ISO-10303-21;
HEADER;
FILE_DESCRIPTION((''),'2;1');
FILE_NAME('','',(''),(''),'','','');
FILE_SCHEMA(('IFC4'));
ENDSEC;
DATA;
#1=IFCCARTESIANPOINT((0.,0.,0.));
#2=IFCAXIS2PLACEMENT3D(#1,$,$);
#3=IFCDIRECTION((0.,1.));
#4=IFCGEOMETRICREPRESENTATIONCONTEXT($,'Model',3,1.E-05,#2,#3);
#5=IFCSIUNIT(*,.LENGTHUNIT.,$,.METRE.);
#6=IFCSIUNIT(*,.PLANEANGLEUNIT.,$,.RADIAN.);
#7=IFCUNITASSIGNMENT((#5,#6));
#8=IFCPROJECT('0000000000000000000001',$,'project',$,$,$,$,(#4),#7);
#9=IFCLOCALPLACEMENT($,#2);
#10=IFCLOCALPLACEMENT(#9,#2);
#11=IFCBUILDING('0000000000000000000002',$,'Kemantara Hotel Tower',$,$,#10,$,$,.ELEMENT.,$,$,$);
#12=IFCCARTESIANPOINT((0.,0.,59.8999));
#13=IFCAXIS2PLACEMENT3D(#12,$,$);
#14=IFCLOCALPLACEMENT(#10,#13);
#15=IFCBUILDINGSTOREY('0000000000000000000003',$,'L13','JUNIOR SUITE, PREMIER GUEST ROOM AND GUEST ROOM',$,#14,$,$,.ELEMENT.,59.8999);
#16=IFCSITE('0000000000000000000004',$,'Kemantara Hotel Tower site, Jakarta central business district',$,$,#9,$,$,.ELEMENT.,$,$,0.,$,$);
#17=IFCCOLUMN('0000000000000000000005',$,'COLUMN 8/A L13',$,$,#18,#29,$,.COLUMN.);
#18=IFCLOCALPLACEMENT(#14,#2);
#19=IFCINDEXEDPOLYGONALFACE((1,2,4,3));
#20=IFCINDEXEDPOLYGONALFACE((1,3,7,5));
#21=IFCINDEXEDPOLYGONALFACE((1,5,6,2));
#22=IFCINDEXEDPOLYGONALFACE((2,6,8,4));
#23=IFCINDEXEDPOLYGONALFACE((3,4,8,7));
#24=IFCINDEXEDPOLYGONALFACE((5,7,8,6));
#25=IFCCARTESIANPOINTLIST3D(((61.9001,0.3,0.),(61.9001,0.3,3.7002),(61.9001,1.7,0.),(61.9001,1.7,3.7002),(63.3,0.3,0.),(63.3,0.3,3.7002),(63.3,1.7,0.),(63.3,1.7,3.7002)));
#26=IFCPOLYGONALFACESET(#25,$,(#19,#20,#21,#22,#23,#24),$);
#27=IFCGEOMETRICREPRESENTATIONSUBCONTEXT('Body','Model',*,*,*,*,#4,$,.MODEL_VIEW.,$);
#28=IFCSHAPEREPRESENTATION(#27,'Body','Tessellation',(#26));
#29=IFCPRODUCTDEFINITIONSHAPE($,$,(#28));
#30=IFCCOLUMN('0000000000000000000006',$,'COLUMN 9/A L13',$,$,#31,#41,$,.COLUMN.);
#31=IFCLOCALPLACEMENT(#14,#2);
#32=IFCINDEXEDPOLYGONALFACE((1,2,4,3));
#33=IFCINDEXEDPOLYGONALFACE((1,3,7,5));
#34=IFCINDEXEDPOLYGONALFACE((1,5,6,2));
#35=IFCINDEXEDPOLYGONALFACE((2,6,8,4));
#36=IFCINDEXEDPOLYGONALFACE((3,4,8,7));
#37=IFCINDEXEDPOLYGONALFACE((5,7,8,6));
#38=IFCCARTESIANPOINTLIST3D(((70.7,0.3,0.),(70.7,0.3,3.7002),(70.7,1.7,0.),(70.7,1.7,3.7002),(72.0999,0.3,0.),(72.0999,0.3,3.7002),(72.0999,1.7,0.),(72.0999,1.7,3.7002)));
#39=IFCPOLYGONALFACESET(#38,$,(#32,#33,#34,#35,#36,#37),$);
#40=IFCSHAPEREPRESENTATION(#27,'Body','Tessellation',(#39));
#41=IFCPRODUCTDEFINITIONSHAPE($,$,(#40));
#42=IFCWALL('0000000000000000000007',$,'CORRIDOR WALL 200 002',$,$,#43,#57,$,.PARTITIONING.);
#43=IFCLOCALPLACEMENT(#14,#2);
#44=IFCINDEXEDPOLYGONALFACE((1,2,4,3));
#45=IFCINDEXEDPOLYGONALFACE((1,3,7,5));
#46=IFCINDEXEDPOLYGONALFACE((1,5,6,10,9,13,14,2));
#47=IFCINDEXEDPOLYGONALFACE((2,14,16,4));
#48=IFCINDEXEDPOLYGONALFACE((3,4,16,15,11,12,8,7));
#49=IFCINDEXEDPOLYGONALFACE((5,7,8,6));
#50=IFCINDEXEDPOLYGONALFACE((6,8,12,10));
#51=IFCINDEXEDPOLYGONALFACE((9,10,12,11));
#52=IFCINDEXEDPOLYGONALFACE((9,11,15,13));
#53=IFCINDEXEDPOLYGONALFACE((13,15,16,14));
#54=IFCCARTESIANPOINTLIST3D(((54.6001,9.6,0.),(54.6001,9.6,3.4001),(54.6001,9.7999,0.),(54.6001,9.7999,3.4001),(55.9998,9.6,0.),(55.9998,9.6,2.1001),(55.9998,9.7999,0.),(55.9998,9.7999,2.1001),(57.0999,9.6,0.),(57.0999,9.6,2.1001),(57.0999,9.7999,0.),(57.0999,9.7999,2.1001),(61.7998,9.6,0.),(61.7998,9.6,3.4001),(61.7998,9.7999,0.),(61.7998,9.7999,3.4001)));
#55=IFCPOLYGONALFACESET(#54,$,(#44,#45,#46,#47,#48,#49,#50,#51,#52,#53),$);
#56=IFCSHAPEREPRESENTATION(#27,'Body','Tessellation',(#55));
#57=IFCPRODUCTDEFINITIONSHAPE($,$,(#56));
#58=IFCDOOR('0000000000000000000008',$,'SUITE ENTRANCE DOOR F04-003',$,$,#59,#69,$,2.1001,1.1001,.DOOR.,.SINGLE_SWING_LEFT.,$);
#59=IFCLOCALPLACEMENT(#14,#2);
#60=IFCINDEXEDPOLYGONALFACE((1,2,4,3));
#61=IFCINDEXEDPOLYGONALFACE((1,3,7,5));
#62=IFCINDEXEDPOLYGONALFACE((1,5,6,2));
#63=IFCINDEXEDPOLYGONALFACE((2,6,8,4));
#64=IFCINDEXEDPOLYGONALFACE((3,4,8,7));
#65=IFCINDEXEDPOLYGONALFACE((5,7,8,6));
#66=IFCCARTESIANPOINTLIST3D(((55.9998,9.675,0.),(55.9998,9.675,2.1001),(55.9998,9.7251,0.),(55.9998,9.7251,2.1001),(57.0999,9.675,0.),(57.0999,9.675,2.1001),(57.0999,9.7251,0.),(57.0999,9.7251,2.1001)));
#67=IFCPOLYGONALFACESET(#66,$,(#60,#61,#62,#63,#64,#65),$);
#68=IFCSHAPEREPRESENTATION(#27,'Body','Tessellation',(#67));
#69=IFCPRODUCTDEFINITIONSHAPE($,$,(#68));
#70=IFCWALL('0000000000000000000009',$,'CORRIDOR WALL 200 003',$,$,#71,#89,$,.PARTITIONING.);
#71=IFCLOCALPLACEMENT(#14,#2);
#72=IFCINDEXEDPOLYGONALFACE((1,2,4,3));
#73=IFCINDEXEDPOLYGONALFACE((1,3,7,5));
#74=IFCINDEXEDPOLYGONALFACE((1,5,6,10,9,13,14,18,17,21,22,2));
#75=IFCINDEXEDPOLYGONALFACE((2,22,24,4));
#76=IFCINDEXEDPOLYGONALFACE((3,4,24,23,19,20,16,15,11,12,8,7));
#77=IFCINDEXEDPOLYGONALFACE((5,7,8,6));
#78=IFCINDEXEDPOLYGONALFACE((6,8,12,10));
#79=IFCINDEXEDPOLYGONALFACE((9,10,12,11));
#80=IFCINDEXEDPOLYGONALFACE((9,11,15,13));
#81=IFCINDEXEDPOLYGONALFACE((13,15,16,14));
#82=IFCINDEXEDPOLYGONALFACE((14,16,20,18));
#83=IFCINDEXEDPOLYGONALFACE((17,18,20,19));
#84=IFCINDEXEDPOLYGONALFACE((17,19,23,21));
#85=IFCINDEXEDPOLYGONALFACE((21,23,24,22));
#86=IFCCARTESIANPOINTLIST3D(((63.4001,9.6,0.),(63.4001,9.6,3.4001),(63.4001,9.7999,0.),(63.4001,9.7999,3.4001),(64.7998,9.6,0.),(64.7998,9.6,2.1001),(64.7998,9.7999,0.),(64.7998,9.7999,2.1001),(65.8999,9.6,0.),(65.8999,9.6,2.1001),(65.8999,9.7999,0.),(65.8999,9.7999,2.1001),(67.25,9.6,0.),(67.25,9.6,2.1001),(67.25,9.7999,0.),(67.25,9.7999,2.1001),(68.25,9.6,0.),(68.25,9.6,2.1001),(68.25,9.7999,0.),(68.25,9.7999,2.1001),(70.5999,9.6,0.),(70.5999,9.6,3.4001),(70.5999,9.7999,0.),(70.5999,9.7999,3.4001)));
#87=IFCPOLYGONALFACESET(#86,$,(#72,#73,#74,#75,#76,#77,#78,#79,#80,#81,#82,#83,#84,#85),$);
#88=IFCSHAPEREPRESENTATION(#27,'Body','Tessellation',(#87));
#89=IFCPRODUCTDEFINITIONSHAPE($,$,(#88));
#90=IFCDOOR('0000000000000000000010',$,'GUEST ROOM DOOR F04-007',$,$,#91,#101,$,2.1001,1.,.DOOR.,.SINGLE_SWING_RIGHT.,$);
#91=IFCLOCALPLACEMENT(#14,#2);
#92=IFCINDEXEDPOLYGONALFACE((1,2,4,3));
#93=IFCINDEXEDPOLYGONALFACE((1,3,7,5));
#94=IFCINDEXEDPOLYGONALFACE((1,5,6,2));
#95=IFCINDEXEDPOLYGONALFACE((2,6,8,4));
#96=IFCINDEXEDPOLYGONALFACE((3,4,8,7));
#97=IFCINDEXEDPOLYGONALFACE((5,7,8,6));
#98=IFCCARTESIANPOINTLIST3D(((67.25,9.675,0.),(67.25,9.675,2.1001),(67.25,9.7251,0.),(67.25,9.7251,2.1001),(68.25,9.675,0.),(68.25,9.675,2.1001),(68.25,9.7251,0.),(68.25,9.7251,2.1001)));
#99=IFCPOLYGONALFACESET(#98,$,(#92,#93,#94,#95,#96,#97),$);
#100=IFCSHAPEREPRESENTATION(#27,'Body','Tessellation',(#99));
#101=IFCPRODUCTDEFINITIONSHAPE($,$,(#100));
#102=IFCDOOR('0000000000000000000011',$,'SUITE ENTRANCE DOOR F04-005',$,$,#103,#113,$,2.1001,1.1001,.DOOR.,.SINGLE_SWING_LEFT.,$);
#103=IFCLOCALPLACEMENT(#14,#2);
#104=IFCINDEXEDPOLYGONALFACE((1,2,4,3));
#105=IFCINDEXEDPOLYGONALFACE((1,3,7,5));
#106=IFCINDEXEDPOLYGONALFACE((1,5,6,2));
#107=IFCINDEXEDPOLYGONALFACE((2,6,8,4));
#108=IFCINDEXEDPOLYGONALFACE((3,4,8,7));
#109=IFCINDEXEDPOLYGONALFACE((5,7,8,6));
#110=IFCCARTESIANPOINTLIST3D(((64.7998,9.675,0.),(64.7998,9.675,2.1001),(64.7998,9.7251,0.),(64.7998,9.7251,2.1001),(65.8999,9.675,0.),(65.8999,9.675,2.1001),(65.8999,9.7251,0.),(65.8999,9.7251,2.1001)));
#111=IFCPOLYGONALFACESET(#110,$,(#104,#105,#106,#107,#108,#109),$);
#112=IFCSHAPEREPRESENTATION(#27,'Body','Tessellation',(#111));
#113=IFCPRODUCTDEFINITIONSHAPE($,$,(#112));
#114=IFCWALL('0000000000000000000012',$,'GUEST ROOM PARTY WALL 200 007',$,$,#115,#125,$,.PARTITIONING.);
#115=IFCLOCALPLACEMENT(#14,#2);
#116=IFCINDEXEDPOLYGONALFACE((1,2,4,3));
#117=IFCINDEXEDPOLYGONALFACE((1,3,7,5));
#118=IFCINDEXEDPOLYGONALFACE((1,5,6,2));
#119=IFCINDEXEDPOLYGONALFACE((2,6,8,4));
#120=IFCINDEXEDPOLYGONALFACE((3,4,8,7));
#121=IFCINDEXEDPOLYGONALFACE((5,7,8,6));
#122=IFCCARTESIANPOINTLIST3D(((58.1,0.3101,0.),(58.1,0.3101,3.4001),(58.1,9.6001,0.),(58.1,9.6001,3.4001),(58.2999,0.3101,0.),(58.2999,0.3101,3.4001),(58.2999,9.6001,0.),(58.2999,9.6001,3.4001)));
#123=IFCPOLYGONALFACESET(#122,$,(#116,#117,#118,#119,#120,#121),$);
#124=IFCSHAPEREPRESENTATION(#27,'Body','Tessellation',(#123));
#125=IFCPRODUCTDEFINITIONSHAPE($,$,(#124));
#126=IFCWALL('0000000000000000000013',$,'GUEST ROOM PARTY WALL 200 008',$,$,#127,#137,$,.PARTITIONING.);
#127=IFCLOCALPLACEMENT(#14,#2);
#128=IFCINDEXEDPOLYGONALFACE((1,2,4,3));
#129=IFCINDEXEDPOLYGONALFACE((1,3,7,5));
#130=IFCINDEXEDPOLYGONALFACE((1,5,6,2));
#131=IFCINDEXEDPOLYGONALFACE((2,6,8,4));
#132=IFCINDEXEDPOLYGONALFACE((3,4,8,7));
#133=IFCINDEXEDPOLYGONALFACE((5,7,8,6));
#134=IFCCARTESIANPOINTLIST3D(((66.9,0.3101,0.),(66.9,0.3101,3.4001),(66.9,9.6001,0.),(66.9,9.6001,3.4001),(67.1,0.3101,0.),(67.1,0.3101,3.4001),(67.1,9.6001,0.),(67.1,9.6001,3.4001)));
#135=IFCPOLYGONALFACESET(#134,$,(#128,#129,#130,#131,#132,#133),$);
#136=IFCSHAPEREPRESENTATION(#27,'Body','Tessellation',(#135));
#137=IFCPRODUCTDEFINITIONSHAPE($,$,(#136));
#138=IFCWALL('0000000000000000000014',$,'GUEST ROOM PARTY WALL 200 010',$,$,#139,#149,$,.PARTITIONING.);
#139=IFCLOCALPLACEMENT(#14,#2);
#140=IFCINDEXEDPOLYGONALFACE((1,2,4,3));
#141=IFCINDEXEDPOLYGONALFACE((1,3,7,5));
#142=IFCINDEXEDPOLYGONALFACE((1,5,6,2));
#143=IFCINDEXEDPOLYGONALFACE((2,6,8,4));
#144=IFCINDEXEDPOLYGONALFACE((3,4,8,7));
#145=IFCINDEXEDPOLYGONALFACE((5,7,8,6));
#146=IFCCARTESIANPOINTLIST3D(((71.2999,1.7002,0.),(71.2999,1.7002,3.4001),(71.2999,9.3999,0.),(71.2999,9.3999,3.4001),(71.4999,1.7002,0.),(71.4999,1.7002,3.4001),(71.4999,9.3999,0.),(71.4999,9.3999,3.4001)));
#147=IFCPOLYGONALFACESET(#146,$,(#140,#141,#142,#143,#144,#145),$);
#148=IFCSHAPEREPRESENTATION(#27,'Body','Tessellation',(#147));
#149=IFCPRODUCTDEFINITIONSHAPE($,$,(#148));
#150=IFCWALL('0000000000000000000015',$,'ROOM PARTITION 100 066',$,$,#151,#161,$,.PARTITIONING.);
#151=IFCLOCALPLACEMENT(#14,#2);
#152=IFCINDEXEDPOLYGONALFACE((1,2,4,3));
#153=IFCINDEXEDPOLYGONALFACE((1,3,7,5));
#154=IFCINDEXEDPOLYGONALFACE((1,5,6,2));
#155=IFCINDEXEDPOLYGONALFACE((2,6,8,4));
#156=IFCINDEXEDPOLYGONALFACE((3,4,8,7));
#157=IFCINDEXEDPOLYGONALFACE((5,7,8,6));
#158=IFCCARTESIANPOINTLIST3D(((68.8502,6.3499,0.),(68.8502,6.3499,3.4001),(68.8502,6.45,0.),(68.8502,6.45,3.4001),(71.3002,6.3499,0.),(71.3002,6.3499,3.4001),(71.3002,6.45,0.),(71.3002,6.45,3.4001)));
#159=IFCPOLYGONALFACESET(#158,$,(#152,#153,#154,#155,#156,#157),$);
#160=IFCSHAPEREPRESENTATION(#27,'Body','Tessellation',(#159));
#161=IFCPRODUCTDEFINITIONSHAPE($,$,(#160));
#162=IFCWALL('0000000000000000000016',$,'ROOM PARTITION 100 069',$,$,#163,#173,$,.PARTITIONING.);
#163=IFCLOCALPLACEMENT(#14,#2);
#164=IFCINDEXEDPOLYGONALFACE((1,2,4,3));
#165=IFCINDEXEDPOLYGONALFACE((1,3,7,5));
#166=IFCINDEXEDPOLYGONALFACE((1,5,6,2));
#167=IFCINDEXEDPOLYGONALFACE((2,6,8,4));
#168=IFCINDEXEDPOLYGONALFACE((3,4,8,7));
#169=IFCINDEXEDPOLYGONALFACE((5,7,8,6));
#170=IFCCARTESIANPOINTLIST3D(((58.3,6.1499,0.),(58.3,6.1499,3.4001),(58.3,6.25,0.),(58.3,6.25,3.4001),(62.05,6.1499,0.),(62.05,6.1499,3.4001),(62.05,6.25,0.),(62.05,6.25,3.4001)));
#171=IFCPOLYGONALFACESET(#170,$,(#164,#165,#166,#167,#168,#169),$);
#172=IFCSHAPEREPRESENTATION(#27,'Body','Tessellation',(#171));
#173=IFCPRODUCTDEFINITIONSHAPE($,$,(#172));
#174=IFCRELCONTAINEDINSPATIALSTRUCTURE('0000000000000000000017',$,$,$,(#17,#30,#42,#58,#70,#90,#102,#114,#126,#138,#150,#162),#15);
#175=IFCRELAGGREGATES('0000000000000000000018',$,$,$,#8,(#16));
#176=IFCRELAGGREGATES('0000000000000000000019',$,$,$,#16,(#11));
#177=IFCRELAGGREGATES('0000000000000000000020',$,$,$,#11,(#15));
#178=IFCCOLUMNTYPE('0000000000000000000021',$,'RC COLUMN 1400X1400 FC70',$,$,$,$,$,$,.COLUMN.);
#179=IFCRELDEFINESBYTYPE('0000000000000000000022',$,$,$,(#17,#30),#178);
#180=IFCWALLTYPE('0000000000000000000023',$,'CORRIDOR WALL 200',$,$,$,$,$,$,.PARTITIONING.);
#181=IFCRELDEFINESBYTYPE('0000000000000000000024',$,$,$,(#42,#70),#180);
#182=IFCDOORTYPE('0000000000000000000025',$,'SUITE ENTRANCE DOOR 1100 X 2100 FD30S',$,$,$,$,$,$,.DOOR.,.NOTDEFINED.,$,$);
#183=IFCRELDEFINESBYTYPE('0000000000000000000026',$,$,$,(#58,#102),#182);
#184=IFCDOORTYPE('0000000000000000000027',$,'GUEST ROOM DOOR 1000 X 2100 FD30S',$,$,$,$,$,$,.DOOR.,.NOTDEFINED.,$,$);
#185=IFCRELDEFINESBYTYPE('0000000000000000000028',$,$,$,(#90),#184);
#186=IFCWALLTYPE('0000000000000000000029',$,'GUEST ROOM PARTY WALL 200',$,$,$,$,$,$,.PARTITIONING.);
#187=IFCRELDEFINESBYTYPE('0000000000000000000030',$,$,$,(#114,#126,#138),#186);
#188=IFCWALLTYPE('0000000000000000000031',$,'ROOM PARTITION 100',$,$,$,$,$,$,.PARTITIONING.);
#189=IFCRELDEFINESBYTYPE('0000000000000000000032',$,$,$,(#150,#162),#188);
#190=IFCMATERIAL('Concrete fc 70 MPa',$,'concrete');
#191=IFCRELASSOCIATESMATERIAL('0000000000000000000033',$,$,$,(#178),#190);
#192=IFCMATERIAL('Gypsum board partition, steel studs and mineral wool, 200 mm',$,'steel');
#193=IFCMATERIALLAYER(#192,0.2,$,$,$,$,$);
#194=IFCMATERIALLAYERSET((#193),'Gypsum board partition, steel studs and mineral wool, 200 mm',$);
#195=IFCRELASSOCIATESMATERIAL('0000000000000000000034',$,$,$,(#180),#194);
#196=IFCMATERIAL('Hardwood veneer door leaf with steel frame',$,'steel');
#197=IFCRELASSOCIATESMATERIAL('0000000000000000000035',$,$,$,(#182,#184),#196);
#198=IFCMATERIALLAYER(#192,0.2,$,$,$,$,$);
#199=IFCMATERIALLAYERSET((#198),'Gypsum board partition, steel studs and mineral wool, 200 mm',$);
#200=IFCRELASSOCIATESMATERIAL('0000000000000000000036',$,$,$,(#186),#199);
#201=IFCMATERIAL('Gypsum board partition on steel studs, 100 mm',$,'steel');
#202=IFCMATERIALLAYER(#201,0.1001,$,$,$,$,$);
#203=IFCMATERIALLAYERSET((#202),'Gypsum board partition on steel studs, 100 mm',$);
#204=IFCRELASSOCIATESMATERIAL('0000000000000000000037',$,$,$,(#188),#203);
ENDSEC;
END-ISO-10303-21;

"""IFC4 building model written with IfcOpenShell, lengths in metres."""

from ifc_helpers import new_model, si_unit, direction, frame, frame_2d, origin, origin_2d, place, context, subcontext, project, spatial, rectangle, extrude, material, layer, layer_set, material_profile, profile_set, type_object, element, fill, save


model = new_model("IFC4")

# Units and contexts
model_context = context("Model", 3, precision=1e-05, world=origin(), true_north=direction((0.0, 1.0)))
body_context = subcontext(model_context, "Body", "Model", "MODEL_VIEW")
ifc_project = project(units=[si_unit("LENGTHUNIT", "METRE"), si_unit("PLANEANGLEUNIT", "RADIAN")], contexts=[model_context])

# Site, building, storey
site_placement = place(None, origin())
site = spatial("IfcSite", under=ifc_project, at=site_placement, Name="Kemantara Hotel Tower site, Jakarta central business district", CompositionType="ELEMENT", RefElevation=0.0)
building_placement = place(site_placement, origin())
building = spatial("IfcBuilding", under=site, at=building_placement, Name="Kemantara Hotel Tower", CompositionType="ELEMENT")
storey_placement = place(building_placement, frame((0.0, 0.0, 59.8999)))
storey = spatial("IfcBuildingStorey", under=building, at=storey_placement, Name="L13", Description="JUNIOR SUITE, PREMIER GUEST ROOM AND GUEST ROOM", CompositionType="ELEMENT", Elevation=59.8999)

# Columns
ifc_material_1 = material(Name="Concrete fc 70 MPa", Category="concrete")
ifc_material_profile = material_profile(ifc_material_1, rectangle(XDim=1.3999, YDim=1.3999, at=origin_2d()), Name="RC 1400X1400")
ifc_profile_set = profile_set([ifc_material_profile], Name="Concrete fc 70 MPa")
column_type = type_object("IfcColumnType", Name="RC COLUMN 1400X1400 FC70", PredefinedType="COLUMN", material=ifc_profile_set)
for number, where, z_axis, x_axis, name in (
    (1, (62.6001, 1.0, 0.0), (0.0, 0.0, 1.0), (1.0, 0.0, 0.0), "COLUMN 8/A L13"),
    (2, (71.3999, 1.0, 0.0), (0.0, 0.0, 1.0), (1.0, 0.0, 0.0), "COLUMN 9/A L13"),
):
    element("IfcColumn", number, at=place(storey_placement, frame(where, z_axis=z_axis, x_axis=x_axis)), inside=storey, type_object=column_type, Name=name, PredefinedType="COLUMN", context=body_context, shape_type="SweptSolid", body=[
        extrude(rectangle(XDim=1.3999, YDim=1.3999, at=origin_2d()), origin(), (0.0, 0.0, 1.0), 3.7002),
    ])

# Wall, opening, door
ifc_material_2 = material(Name="Gypsum board partition, steel studs and mineral wool, 200 mm", Category="steel")
ifc_layer_1 = layer(ifc_material_2, 0.2)
ifc_layer_set_1 = layer_set([ifc_layer_1], Name="Gypsum board partition, steel studs and mineral wool, 200 mm")
wall_type_1 = type_object("IfcWallType", Name="CORRIDOR WALL 200", PredefinedType="PARTITIONING", material=ifc_layer_set_1)
wall_1_placement = place(storey_placement, frame((61.7998, 9.7, 0.0), z_axis=(0.0, 0.0, 1.0), x_axis=(-1.0, 0.0, 0.0)))
wall_1 = element("IfcWall", 3, at=wall_1_placement, inside=storey, type_object=wall_type_1, Name="CORRIDOR WALL 200 002", PredefinedType="PARTITIONING", context=body_context, shape_type="SweptSolid", body=[
    extrude(rectangle(XDim=7.1997, YDim=0.2, at=frame_2d((3.5999, 0.0))), origin(), (0.0, 0.0, 1.0), 3.4001),
])
opening_1_placement = place(wall_1_placement, frame((4.7, 0.0, 0.0)))
opening_1 = element("IfcOpeningElement", 4, at=opening_1_placement, cuts=wall_1, PredefinedType="OPENING", context=body_context, shape_type="SweptSolid", body=[
    extrude(rectangle(XDim=1.1001, YDim=2.1001, at=frame_2d((0.55, 1.05))), frame((0.0, 0.1099, 0.0), z_axis=(0.0, -1.0, 0.0), x_axis=(1.0, 0.0, 0.0)), (0.0, 0.0, 1.0), 0.22),
])
ifc_material_3 = material(Name="Hardwood veneer door leaf with steel frame", Category="steel")
door_type_1 = type_object("IfcDoorType", Name="SUITE ENTRANCE DOOR 1100 X 2100 FD30S", OperationType="NOTDEFINED", PredefinedType="DOOR", material=ifc_material_3)
door_1_placement = place(opening_1_placement, origin())
door_1 = element("IfcDoor", 5, at=door_1_placement, inside=storey, type_object=door_type_1, Name="SUITE ENTRANCE DOOR F04-003", OperationType="SINGLE_SWING_LEFT", OverallHeight=2.1001, OverallWidth=1.1001, PredefinedType="DOOR", context=body_context, shape_type="SweptSolid", body=[
    extrude(rectangle(XDim=1.1001, YDim=2.1001, at=frame_2d((0.55, 1.05))), frame((0.0, 0.0249, 0.0), z_axis=(0.0, -1.0, 0.0), x_axis=(1.0, 0.0, 0.0)), (0.0, 0.0, 1.0), 0.05),
])
fill(opening_1, door_1)

# Wall, openings, doors
wall_2_placement = place(storey_placement, frame((70.5999, 9.7, 0.0), z_axis=(0.0, 0.0, 1.0), x_axis=(-1.0, 0.0, 0.0)))
wall_2 = element("IfcWall", 6, at=wall_2_placement, inside=storey, type_object=wall_type_1, Name="CORRIDOR WALL 200 003", PredefinedType="PARTITIONING", context=body_context, shape_type="SweptSolid", body=[
    extrude(rectangle(XDim=7.1997, YDim=0.2, at=frame_2d((3.5999, 0.0))), origin(), (0.0, 0.0, 1.0), 3.4001),
])
opening_2_placement = place(wall_2_placement, frame((4.7, 0.0, 0.0)))
opening_2 = element("IfcOpeningElement", 7, at=opening_2_placement, cuts=wall_2, PredefinedType="OPENING", context=body_context, shape_type="SweptSolid", body=[
    extrude(rectangle(XDim=1.1001, YDim=2.1001, at=frame_2d((0.55, 1.05))), frame((0.0, 0.1099, 0.0), z_axis=(0.0, -1.0, 0.0), x_axis=(1.0, 0.0, 0.0)), (0.0, 0.0, 1.0), 0.22),
])
opening_3_placement = place(wall_2_placement, frame((2.3499, 0.0, 0.0)))
opening_3 = element("IfcOpeningElement", 8, at=opening_3_placement, cuts=wall_2, PredefinedType="OPENING", context=body_context, shape_type="SweptSolid", body=[
    extrude(rectangle(XDim=1.0, YDim=2.1001, at=frame_2d((0.5, 1.05))), frame((0.0, 0.1099, 0.0), z_axis=(0.0, -1.0, 0.0), x_axis=(1.0, 0.0, 0.0)), (0.0, 0.0, 1.0), 0.22),
])
door_type_2 = type_object("IfcDoorType", Name="GUEST ROOM DOOR 1000 X 2100 FD30S", OperationType="NOTDEFINED", PredefinedType="DOOR", material=ifc_material_3)
door_2_placement = place(opening_3_placement, origin())
door_2 = element("IfcDoor", 9, at=door_2_placement, inside=storey, type_object=door_type_2, Name="GUEST ROOM DOOR F04-007", OperationType="SINGLE_SWING_RIGHT", OverallHeight=2.1001, OverallWidth=1.0, PredefinedType="DOOR", context=body_context, shape_type="SweptSolid", body=[
    extrude(rectangle(XDim=1.0, YDim=2.1001, at=frame_2d((0.5, 1.05))), frame((0.0, 0.0249, 0.0), z_axis=(0.0, -1.0, 0.0), x_axis=(1.0, 0.0, 0.0)), (0.0, 0.0, 1.0), 0.05),
])
fill(opening_3, door_2)
door_3_placement = place(opening_2_placement, origin())
door_3 = element("IfcDoor", 10, at=door_3_placement, inside=storey, type_object=door_type_1, Name="SUITE ENTRANCE DOOR F04-005", OperationType="SINGLE_SWING_LEFT", OverallHeight=2.1001, OverallWidth=1.1001, PredefinedType="DOOR", context=body_context, shape_type="SweptSolid", body=[
    extrude(rectangle(XDim=1.1001, YDim=2.1001, at=frame_2d((0.55, 1.05))), frame((0.0, 0.0249, 0.0), z_axis=(0.0, -1.0, 0.0), x_axis=(1.0, 0.0, 0.0)), (0.0, 0.0, 1.0), 0.05),
])
fill(opening_2, door_3)

# Walls
ifc_layer_2 = layer(ifc_material_2, 0.2)
ifc_layer_set_2 = layer_set([ifc_layer_2], Name="Gypsum board partition, steel studs and mineral wool, 200 mm")
wall_type_2 = type_object("IfcWallType", Name="GUEST ROOM PARTY WALL 200", PredefinedType="PARTITIONING", material=ifc_layer_set_2)
for number, where, z_axis, x_axis, name in (
    (11, (58.2, 0.3101, 0.0), (0.0, 0.0, 1.0), (0.0, 1.0, 0.0), "GUEST ROOM PARTY WALL 200 007"),
    (12, (67.0, 0.3101, 0.0), (0.0, 0.0, 1.0), (0.0, 1.0, 0.0), "GUEST ROOM PARTY WALL 200 008"),
):
    element("IfcWall", number, at=place(storey_placement, frame(where, z_axis=z_axis, x_axis=x_axis)), inside=storey, type_object=wall_type_2, Name=name, PredefinedType="PARTITIONING", context=body_context, shape_type="SweptSolid", body=[
        extrude(rectangle(XDim=9.29, YDim=0.2, at=frame_2d((4.645, 0.0))), origin(), (0.0, 0.0, 1.0), 3.4001),
    ])
wall_3_placement = place(storey_placement, frame((71.3999, 1.7002, 0.0), z_axis=(0.0, 0.0, 1.0), x_axis=(0.0, 1.0, 0.0)))
element("IfcWall", 13, at=wall_3_placement, inside=storey, type_object=wall_type_2, Name="GUEST ROOM PARTY WALL 200 010", PredefinedType="PARTITIONING", context=body_context, shape_type="SweptSolid", body=[
    extrude(rectangle(XDim=7.6997, YDim=0.2, at=frame_2d((3.8499, 0.0))), origin(), (0.0, 0.0, 1.0), 3.4001),
])
ifc_material_4 = material(Name="Gypsum board partition on steel studs, 100 mm", Category="steel")
ifc_layer_3 = layer(ifc_material_4, 0.1001)
ifc_layer_set_3 = layer_set([ifc_layer_3], Name="Gypsum board partition on steel studs, 100 mm")
wall_type_3 = type_object("IfcWallType", Name="ROOM PARTITION 100", PredefinedType="PARTITIONING", material=ifc_layer_set_3)
wall_4_placement = place(storey_placement, frame((68.8501, 6.3999, 0.0), z_axis=(0.0, 0.0, 1.0), x_axis=(1.0, 0.0, 0.0)))
element("IfcWall", 14, at=wall_4_placement, inside=storey, type_object=wall_type_3, Name="ROOM PARTITION 100 066", PredefinedType="PARTITIONING", context=body_context, shape_type="SweptSolid", body=[
    extrude(rectangle(XDim=2.45, YDim=0.1001, at=frame_2d((1.2251, 0.0))), origin(), (0.0, 0.0, 1.0), 3.4001),
])
wall_5_placement = place(storey_placement, frame((58.3, 6.2, 0.0), z_axis=(0.0, 0.0, 1.0), x_axis=(1.0, 0.0, 0.0)))
element("IfcWall", 15, at=wall_5_placement, inside=storey, type_object=wall_type_3, Name="ROOM PARTITION 100 069", PredefinedType="PARTITIONING", context=body_context, shape_type="SweptSolid", body=[
    extrude(rectangle(XDim=3.75, YDim=0.1001, at=frame_2d((1.875, 0.0))), origin(), (0.0, 0.0, 1.0), 3.4001),
])

save(model, "model.ifc")
